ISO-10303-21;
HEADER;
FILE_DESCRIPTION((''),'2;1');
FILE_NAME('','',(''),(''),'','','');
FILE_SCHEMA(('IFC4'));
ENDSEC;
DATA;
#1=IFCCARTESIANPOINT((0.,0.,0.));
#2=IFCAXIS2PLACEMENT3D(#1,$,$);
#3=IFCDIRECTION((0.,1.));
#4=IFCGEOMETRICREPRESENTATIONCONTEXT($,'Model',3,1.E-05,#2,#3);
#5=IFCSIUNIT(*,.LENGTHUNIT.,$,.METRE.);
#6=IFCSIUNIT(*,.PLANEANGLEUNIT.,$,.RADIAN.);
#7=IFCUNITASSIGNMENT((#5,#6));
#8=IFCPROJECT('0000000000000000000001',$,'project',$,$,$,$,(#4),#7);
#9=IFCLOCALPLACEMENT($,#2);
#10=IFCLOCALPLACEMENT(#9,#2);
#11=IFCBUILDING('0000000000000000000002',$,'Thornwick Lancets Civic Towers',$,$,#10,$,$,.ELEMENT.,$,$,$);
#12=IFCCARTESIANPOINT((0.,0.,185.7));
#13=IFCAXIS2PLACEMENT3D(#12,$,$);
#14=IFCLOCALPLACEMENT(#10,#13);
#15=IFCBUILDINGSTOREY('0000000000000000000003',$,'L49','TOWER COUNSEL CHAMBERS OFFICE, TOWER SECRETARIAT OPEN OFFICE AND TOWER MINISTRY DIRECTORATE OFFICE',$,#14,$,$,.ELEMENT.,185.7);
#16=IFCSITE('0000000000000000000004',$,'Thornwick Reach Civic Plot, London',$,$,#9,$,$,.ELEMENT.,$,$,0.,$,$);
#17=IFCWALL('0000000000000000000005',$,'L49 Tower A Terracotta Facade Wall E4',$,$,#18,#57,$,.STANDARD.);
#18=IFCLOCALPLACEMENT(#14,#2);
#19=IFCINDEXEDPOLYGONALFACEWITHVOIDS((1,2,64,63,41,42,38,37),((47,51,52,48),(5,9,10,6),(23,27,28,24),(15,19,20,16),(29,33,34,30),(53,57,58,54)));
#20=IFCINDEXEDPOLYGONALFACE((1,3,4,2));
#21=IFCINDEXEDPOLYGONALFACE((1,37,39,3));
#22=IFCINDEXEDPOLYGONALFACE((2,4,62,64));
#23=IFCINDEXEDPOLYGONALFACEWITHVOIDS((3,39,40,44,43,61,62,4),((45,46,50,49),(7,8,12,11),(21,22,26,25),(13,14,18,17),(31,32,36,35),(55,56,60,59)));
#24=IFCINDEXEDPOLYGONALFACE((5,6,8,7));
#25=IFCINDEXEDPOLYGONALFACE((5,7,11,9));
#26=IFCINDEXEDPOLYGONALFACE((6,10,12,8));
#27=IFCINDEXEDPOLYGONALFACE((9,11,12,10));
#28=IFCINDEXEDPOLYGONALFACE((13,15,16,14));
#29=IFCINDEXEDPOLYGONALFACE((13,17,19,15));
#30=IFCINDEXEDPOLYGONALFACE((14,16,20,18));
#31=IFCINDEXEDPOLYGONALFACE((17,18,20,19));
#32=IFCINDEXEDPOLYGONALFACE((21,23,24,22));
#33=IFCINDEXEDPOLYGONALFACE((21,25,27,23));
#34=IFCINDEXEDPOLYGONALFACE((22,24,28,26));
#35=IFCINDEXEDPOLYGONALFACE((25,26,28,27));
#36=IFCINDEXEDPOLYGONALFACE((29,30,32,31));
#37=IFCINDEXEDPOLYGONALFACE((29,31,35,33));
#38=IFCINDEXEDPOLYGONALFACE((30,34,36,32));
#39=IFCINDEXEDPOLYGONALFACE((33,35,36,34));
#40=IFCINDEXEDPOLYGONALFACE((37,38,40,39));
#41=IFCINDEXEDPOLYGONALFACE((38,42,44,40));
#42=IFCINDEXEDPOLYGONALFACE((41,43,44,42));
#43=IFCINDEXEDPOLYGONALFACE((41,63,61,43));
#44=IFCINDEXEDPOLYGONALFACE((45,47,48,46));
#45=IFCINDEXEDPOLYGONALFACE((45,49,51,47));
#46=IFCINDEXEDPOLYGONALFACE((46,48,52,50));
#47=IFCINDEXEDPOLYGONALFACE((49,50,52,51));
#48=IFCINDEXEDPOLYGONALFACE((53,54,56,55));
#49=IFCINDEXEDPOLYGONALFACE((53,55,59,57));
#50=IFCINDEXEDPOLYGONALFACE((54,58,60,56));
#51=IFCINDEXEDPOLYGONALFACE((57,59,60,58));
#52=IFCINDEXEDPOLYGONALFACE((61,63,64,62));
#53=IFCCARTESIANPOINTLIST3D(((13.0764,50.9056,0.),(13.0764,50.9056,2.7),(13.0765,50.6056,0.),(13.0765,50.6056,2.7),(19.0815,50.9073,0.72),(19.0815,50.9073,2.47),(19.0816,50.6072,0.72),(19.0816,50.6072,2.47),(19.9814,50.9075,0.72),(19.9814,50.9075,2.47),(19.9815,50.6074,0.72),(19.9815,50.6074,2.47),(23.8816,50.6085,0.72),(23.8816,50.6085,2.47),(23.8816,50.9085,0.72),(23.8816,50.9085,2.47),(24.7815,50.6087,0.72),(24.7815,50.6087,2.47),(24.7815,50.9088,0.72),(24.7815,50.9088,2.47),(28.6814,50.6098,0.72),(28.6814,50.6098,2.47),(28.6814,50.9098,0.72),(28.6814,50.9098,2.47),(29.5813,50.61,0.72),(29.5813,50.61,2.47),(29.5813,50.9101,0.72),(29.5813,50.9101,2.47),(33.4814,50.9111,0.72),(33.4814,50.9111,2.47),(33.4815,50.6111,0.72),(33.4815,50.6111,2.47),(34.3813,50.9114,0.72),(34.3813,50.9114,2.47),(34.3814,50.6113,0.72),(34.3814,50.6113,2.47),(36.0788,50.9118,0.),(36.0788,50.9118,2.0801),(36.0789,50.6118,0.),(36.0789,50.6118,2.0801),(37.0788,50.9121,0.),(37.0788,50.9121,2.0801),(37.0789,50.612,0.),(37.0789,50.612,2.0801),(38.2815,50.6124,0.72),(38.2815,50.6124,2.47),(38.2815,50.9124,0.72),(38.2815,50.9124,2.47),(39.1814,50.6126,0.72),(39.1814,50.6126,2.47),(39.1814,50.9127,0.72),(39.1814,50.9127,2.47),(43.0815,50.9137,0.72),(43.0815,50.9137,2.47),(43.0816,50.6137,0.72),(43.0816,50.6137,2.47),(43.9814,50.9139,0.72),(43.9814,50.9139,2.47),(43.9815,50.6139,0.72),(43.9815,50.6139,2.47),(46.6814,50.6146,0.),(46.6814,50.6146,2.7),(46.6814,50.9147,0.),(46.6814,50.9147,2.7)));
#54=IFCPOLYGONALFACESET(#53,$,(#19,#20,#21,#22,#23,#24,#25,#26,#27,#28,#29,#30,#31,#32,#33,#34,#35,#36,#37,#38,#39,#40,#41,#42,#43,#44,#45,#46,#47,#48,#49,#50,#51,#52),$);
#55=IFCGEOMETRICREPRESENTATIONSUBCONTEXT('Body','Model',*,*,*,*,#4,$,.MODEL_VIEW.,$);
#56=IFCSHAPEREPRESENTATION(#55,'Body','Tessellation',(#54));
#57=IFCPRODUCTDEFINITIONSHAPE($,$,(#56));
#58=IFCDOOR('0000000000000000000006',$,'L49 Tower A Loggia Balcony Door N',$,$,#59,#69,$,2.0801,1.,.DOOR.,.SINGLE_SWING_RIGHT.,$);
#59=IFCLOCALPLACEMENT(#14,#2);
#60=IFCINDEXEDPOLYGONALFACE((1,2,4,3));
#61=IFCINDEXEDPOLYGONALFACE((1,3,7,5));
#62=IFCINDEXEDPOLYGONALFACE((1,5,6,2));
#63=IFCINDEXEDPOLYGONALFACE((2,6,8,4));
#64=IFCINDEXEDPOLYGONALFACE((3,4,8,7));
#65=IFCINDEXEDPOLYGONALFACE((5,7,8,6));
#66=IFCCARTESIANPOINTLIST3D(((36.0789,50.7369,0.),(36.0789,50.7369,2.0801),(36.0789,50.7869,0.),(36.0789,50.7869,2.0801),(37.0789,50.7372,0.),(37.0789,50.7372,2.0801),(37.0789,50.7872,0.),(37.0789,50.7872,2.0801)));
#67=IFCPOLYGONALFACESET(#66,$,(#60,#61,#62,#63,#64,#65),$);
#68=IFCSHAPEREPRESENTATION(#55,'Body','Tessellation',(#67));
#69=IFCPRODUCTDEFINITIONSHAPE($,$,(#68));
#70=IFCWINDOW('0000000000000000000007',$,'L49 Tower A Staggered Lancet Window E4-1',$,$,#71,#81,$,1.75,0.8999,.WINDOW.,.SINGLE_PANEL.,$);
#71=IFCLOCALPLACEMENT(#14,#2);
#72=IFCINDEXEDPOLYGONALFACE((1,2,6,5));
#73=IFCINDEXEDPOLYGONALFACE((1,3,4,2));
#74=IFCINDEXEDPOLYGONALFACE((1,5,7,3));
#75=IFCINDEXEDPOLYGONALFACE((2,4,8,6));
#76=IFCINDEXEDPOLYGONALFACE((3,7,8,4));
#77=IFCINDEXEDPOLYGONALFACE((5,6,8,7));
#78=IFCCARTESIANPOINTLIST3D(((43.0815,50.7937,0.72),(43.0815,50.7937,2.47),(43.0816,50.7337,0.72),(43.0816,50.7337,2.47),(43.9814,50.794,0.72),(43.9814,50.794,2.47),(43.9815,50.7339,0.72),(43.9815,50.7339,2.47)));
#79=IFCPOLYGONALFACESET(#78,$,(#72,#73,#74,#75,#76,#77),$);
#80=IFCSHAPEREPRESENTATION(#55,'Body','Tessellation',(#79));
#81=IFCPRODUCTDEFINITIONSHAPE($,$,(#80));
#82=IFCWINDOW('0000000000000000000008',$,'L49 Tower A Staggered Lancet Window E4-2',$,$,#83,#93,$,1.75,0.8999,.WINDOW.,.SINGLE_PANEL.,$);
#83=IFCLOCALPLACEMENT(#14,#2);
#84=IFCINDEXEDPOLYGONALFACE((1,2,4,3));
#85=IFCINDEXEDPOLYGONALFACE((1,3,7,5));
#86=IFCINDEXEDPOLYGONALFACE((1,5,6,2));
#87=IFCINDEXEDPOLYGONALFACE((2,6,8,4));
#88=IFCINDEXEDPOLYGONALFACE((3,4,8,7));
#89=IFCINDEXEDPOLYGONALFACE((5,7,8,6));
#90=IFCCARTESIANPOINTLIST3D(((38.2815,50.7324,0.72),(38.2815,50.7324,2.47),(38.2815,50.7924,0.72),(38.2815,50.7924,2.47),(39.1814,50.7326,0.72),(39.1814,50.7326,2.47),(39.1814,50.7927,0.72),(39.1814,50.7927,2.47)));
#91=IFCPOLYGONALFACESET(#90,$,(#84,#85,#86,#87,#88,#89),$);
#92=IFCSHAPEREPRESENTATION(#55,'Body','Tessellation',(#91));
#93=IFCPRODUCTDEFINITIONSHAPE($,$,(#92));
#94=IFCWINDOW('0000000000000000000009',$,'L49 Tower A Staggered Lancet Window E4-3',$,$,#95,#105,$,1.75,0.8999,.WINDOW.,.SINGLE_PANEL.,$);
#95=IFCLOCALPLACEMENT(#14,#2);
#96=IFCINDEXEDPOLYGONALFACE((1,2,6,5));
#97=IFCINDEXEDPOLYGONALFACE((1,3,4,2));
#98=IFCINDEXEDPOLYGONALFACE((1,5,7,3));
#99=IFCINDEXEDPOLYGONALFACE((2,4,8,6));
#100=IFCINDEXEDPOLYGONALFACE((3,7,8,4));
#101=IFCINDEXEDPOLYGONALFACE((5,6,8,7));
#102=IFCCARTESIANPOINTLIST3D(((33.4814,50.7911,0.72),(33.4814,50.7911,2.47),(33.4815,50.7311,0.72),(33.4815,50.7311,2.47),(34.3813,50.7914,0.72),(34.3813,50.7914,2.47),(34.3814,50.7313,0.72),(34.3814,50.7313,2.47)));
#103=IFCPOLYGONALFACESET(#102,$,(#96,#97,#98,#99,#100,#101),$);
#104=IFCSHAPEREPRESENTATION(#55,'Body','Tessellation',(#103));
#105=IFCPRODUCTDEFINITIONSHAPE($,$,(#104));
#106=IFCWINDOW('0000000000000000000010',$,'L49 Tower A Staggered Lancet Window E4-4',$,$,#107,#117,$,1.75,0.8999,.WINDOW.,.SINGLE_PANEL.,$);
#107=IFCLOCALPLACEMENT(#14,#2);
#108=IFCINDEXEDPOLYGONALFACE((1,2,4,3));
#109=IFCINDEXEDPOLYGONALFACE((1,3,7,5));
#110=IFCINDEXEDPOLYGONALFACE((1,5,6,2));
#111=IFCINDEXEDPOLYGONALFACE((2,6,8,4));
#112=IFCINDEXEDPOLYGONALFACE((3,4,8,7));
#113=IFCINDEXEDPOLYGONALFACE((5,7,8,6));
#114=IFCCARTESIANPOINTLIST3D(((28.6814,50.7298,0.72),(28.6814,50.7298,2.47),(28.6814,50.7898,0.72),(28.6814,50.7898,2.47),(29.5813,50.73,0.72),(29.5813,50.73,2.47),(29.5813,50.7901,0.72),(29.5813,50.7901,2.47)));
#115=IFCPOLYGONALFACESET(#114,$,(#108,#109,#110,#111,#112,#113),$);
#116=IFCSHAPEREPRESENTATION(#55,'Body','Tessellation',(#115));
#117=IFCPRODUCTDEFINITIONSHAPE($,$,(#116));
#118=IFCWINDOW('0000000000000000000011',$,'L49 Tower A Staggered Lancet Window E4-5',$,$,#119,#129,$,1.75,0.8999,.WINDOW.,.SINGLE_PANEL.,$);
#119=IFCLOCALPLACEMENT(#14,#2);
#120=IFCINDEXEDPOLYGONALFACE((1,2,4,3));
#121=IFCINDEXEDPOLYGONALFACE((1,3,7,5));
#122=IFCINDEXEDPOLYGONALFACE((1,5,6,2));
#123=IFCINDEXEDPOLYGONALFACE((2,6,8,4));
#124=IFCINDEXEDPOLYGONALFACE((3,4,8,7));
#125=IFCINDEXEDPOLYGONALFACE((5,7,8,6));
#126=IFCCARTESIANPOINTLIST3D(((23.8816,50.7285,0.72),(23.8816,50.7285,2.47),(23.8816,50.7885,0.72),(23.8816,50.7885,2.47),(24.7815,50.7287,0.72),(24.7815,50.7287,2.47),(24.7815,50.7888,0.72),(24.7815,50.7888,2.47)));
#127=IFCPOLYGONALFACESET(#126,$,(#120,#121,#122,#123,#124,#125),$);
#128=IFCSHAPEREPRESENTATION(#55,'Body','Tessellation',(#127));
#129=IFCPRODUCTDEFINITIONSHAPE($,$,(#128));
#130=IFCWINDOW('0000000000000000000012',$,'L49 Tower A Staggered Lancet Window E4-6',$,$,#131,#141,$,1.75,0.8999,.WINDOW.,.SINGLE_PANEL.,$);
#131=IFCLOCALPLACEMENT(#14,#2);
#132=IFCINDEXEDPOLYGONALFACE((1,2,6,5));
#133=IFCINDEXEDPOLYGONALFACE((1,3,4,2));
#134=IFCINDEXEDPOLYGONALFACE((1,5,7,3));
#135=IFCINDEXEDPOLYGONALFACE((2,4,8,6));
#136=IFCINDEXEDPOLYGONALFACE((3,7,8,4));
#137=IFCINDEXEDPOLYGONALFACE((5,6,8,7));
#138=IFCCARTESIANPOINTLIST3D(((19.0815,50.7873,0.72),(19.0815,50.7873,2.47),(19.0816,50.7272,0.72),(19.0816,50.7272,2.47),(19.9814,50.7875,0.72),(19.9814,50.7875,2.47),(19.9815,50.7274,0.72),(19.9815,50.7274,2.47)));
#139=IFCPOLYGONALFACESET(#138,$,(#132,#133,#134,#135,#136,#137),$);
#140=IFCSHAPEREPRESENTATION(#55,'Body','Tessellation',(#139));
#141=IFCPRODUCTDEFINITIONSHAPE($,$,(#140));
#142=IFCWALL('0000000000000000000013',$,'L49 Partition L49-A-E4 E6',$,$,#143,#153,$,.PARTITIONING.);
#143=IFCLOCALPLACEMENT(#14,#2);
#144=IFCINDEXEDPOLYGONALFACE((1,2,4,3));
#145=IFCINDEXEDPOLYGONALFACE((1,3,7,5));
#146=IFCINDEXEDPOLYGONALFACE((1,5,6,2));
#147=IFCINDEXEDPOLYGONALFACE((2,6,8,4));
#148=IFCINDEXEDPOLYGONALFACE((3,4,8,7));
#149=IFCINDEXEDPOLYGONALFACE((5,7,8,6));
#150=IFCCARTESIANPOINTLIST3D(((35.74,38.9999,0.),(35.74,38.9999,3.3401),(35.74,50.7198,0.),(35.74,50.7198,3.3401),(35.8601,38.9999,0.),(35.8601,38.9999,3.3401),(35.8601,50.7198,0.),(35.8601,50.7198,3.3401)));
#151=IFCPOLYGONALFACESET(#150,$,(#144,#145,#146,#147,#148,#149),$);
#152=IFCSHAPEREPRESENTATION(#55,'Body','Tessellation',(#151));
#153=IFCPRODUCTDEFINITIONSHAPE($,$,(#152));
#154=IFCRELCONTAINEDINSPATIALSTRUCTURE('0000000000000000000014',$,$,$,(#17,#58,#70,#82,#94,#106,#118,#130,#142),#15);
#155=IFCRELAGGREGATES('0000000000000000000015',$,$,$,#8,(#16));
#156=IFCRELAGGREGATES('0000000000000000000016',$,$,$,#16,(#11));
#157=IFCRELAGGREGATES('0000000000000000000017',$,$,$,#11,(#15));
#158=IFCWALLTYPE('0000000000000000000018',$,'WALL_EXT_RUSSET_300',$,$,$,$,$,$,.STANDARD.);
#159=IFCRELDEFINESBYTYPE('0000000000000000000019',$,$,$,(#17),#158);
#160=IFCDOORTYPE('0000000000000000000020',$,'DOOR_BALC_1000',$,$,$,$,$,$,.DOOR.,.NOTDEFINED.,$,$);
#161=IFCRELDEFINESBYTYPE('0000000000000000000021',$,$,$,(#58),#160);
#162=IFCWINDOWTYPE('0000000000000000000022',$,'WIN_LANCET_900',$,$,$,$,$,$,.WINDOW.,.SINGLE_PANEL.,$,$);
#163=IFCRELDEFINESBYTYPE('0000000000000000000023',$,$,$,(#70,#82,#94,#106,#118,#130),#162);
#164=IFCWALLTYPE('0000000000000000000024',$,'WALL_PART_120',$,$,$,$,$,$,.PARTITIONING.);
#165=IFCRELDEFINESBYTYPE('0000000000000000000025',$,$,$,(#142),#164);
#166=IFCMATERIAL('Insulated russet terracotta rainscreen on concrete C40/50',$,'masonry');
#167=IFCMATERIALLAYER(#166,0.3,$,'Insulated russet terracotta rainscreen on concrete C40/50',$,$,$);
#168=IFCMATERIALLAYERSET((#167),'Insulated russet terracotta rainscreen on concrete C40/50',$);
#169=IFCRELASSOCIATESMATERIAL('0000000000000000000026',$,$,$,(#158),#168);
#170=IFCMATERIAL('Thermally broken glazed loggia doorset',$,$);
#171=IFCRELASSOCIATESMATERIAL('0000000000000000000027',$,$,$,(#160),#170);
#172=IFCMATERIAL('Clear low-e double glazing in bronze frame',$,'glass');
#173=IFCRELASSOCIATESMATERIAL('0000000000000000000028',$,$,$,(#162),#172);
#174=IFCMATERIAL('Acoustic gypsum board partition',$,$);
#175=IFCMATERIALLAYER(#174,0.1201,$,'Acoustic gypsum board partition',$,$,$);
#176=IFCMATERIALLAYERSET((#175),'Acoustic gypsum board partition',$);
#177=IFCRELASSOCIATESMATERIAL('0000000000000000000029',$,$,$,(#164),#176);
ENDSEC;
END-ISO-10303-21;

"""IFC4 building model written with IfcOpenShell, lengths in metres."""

from ifc_helpers import new_model, si_unit, direction, frame, frame_2d, origin, place, context, subcontext, project, spatial, rectangle, extrude, material, layer, layer_set, type_object, element, fill, save


model = new_model("IFC4")

# Units and contexts
model_context = context("Model", 3, precision=1e-05, world=origin(), true_north=direction((0.0, 1.0)))
body_context = subcontext(model_context, "Body", "Model", "MODEL_VIEW")
ifc_project = project(units=[si_unit("LENGTHUNIT", "METRE"), si_unit("PLANEANGLEUNIT", "RADIAN")], contexts=[model_context])

# Site, building, storey
site_placement = place(None, origin())
site = spatial("IfcSite", under=ifc_project, at=site_placement, Name="Thornwick Reach Civic Plot, London", CompositionType="ELEMENT", RefElevation=0.0)
building_placement = place(site_placement, origin())
building = spatial("IfcBuilding", under=site, at=building_placement, Name="Thornwick Lancets Civic Towers", CompositionType="ELEMENT")
storey_placement = place(building_placement, frame((0.0, 0.0, 185.7)))
storey = spatial("IfcBuildingStorey", under=building, at=storey_placement, Name="L49", Description="TOWER COUNSEL CHAMBERS OFFICE, TOWER SECRETARIAT OPEN OFFICE AND TOWER MINISTRY DIRECTORATE OFFICE", CompositionType="ELEMENT", Elevation=185.7)

# Wall, openings, door, windows
ifc_material_1 = material(Name="Insulated russet terracotta rainscreen on concrete C40/50", Category="masonry")
ifc_layer_1 = layer(ifc_material_1, 0.3, Name="Insulated russet terracotta rainscreen on concrete C40/50")
ifc_layer_set_1 = layer_set([ifc_layer_1], Name="Insulated russet terracotta rainscreen on concrete C40/50")
wall_type_1 = type_object("IfcWallType", Name="WALL_EXT_RUSSET_300", PredefinedType="STANDARD", material=ifc_layer_set_1)
wall_1_placement = place(storey_placement, frame((46.6814, 50.7646, 0.0), z_axis=(0.0, 0.0, 1.0), x_axis=(-1.0, -0.000269, 0.0)))
wall_1 = element("IfcWall", 1, at=wall_1_placement, inside=storey, type_object=wall_type_1, Name="L49 Tower A Terracotta Facade Wall E4", PredefinedType="STANDARD", context=body_context, shape_type="SweptSolid", body=[
    extrude(rectangle(XDim=33.605, YDim=0.3, at=frame_2d((16.8025, 0.0))), origin(), (0.0, 0.0, 1.0), 2.7),
])
opening_1_placement = place(wall_1_placement, frame((9.6025, 0.0, 0.0)))
opening_1 = element("IfcOpeningElement", 2, at=opening_1_placement, cuts=wall_1, PredefinedType="OPENING", context=body_context, shape_type="SweptSolid", body=[
    extrude(rectangle(XDim=1.0, YDim=2.0801, at=frame_2d((0.5, 1.04))), frame((0.0, 0.1602, 0.0), z_axis=(0.0, -1.0, 0.0), x_axis=(1.0, 0.0, 0.0)), (0.0, 0.0, 1.0), 0.3201),
])
opening_2_placement = place(wall_1_placement, frame((2.7, 0.0, 0.72)))
opening_2 = element("IfcOpeningElement", 3, at=opening_2_placement, cuts=wall_1, PredefinedType="OPENING", context=body_context, shape_type="SweptSolid", body=[
    extrude(rectangle(XDim=0.8999, YDim=1.75, at=frame_2d((0.45, 0.875))), frame((0.0, 0.1602, 0.0), z_axis=(0.0, -1.0, 0.0), x_axis=(1.0, 0.0, 0.0)), (0.0, 0.0, 1.0), 0.3201),
])
opening_3_placement = place(wall_1_placement, frame((7.5, 0.0, 0.72)))
opening_3 = element("IfcOpeningElement", 4, at=opening_3_placement, cuts=wall_1, PredefinedType="OPENING", context=body_context, shape_type="SweptSolid", body=[
    extrude(rectangle(XDim=0.8999, YDim=1.75, at=frame_2d((0.45, 0.875))), frame((0.0, 0.1602, 0.0), z_axis=(0.0, -1.0, 0.0), x_axis=(1.0, 0.0, 0.0)), (0.0, 0.0, 1.0), 0.3201),
])
opening_4_placement = place(wall_1_placement, frame((12.3, 0.0, 0.72)))
opening_4 = element("IfcOpeningElement", 5, at=opening_4_placement, cuts=wall_1, PredefinedType="OPENING", context=body_context, shape_type="SweptSolid", body=[
    extrude(rectangle(XDim=0.8999, YDim=1.75, at=frame_2d((0.45, 0.875))), frame((0.0, 0.1602, 0.0), z_axis=(0.0, -1.0, 0.0), x_axis=(1.0, 0.0, 0.0)), (0.0, 0.0, 1.0), 0.3201),
])
opening_5_placement = place(wall_1_placement, frame((17.1001, 0.0, 0.72)))
opening_5 = element("IfcOpeningElement", 6, at=opening_5_placement, cuts=wall_1, PredefinedType="OPENING", context=body_context, shape_type="SweptSolid", body=[
    extrude(rectangle(XDim=0.8999, YDim=1.75, at=frame_2d((0.45, 0.875))), frame((0.0, 0.1602, 0.0), z_axis=(0.0, -1.0, 0.0), x_axis=(1.0, 0.0, 0.0)), (0.0, 0.0, 1.0), 0.3201),
])
opening_6_placement = place(wall_1_placement, frame((21.8999, 0.0, 0.72)))
opening_6 = element("IfcOpeningElement", 7, at=opening_6_placement, cuts=wall_1, PredefinedType="OPENING", context=body_context, shape_type="SweptSolid", body=[
    extrude(rectangle(XDim=0.8999, YDim=1.75, at=frame_2d((0.45, 0.875))), frame((0.0, 0.1602, 0.0), z_axis=(0.0, -1.0, 0.0), x_axis=(1.0, 0.0, 0.0)), (0.0, 0.0, 1.0), 0.3201),
])
opening_7_placement = place(wall_1_placement, frame((26.7, 0.0, 0.72)))
opening_7 = element("IfcOpeningElement", 8, at=opening_7_placement, cuts=wall_1, PredefinedType="OPENING", context=body_context, shape_type="SweptSolid", body=[
    extrude(rectangle(XDim=0.8999, YDim=1.75, at=frame_2d((0.45, 0.875))), frame((0.0, 0.1602, 0.0), z_axis=(0.0, -1.0, 0.0), x_axis=(1.0, 0.0, 0.0)), (0.0, 0.0, 1.0), 0.3201),
])
ifc_material_2 = material(Name="Thermally broken glazed loggia doorset")
door_type_1 = type_object("IfcDoorType", Name="DOOR_BALC_1000", OperationType="NOTDEFINED", PredefinedType="DOOR", material=ifc_material_2)
door_1_placement = place(opening_1_placement, origin())
door_1 = element("IfcDoor", 9, at=door_1_placement, inside=storey, type_object=door_type_1, Name="L49 Tower A Loggia Balcony Door N", OperationType="SINGLE_SWING_RIGHT", OverallHeight=2.0801, OverallWidth=1.0, PredefinedType="DOOR", context=body_context, shape_type="SweptSolid", body=[
    extrude(rectangle(XDim=1.0, YDim=2.0801, at=frame_2d((0.5, 1.04))), frame((0.0, 0.0249, 0.0), z_axis=(0.0, -1.0, 0.0), x_axis=(1.0, 0.0, 0.0)), (0.0, 0.0, 1.0), 0.05),
])
fill(opening_1, door_1)
ifc_material_3 = material(Name="Clear low-e double glazing in bronze frame", Category="glass")
window_type = type_object("IfcWindowType", Name="WIN_LANCET_900", PartitioningType="SINGLE_PANEL", PredefinedType="WINDOW", material=ifc_material_3)
window_1_placement = place(opening_2_placement, origin())
window_1 = element("IfcWindow", 10, at=window_1_placement, inside=storey, type_object=window_type, Name="L49 Tower A Staggered Lancet Window E4-1", OverallHeight=1.75, OverallWidth=0.8999, PartitioningType="SINGLE_PANEL", PredefinedType="WINDOW", context=body_context, shape_type="SweptSolid", body=[
    extrude(rectangle(XDim=0.8999, YDim=1.75, at=frame_2d((0.45, 0.875))), frame((0.0, 0.03, 0.0), z_axis=(0.0, -1.0, 0.0), x_axis=(1.0, 0.0, 0.0)), (0.0, 0.0, 1.0), 0.0601),
])
fill(opening_2, window_1)
window_2_placement = place(opening_3_placement, origin())
window_2 = element("IfcWindow", 11, at=window_2_placement, inside=storey, type_object=window_type, Name="L49 Tower A Staggered Lancet Window E4-2", OverallHeight=1.75, OverallWidth=0.8999, PartitioningType="SINGLE_PANEL", PredefinedType="WINDOW", context=body_context, shape_type="SweptSolid", body=[
    extrude(rectangle(XDim=0.8999, YDim=1.75, at=frame_2d((0.45, 0.875))), frame((0.0, 0.03, 0.0), z_axis=(0.0, -1.0, 0.0), x_axis=(1.0, 0.0, 0.0)), (0.0, 0.0, 1.0), 0.0601),
])
fill(opening_3, window_2)
window_3_placement = place(opening_4_placement, origin())
window_3 = element("IfcWindow", 12, at=window_3_placement, inside=storey, type_object=window_type, Name="L49 Tower A Staggered Lancet Window E4-3", OverallHeight=1.75, OverallWidth=0.8999, PartitioningType="SINGLE_PANEL", PredefinedType="WINDOW", context=body_context, shape_type="SweptSolid", body=[
    extrude(rectangle(XDim=0.8999, YDim=1.75, at=frame_2d((0.45, 0.875))), frame((0.0, 0.03, 0.0), z_axis=(0.0, -1.0, 0.0), x_axis=(1.0, 0.0, 0.0)), (0.0, 0.0, 1.0), 0.0601),
])
fill(opening_4, window_3)
window_4_placement = place(opening_5_placement, origin())
window_4 = element("IfcWindow", 13, at=window_4_placement, inside=storey, type_object=window_type, Name="L49 Tower A Staggered Lancet Window E4-4", OverallHeight=1.75, OverallWidth=0.8999, PartitioningType="SINGLE_PANEL", PredefinedType="WINDOW", context=body_context, shape_type="SweptSolid", body=[
    extrude(rectangle(XDim=0.8999, YDim=1.75, at=frame_2d((0.45, 0.875))), frame((0.0, 0.03, 0.0), z_axis=(0.0, -1.0, 0.0), x_axis=(1.0, 0.0, 0.0)), (0.0, 0.0, 1.0), 0.0601),
])
fill(opening_5, window_4)
window_5_placement = place(opening_6_placement, origin())
window_5 = element("IfcWindow", 14, at=window_5_placement, inside=storey, type_object=window_type, Name="L49 Tower A Staggered Lancet Window E4-5", OverallHeight=1.75, OverallWidth=0.8999, PartitioningType="SINGLE_PANEL", PredefinedType="WINDOW", context=body_context, shape_type="SweptSolid", body=[
    extrude(rectangle(XDim=0.8999, YDim=1.75, at=frame_2d((0.45, 0.875))), frame((0.0, 0.03, 0.0), z_axis=(0.0, -1.0, 0.0), x_axis=(1.0, 0.0, 0.0)), (0.0, 0.0, 1.0), 0.0601),
])
fill(opening_6, window_5)
window_6_placement = place(opening_7_placement, origin())
window_6 = element("IfcWindow", 15, at=window_6_placement, inside=storey, type_object=window_type, Name="L49 Tower A Staggered Lancet Window E4-6", OverallHeight=1.75, OverallWidth=0.8999, PartitioningType="SINGLE_PANEL", PredefinedType="WINDOW", context=body_context, shape_type="SweptSolid", body=[
    extrude(rectangle(XDim=0.8999, YDim=1.75, at=frame_2d((0.45, 0.875))), frame((0.0, 0.03, 0.0), z_axis=(0.0, -1.0, 0.0), x_axis=(1.0, 0.0, 0.0)), (0.0, 0.0, 1.0), 0.0601),
])
fill(opening_7, window_6)

# Wall
ifc_material_4 = material(Name="Acoustic gypsum board partition")
ifc_layer_2 = layer(ifc_material_4, 0.1201, Name="Acoustic gypsum board partition")
ifc_layer_set_2 = layer_set([ifc_layer_2], Name="Acoustic gypsum board partition")
wall_type_2 = type_object("IfcWallType", Name="WALL_PART_120", PredefinedType="PARTITIONING", material=ifc_layer_set_2)
wall_2_placement = place(storey_placement, frame((35.8, 39.0, 0.0), z_axis=(0.0, 0.0, 1.0), x_axis=(0.0, 1.0, 0.0)))
element("IfcWall", 16, at=wall_2_placement, inside=storey, type_object=wall_type_2, Name="L49 Partition L49-A-E4 E6", PredefinedType="PARTITIONING", context=body_context, shape_type="SweptSolid", body=[
    extrude(rectangle(XDim=11.72, YDim=0.1201, at=frame_2d((5.8599, 0.0))), origin(), (0.0, 0.0, 1.0), 3.3401),
])

save(model, "model.ifc")
